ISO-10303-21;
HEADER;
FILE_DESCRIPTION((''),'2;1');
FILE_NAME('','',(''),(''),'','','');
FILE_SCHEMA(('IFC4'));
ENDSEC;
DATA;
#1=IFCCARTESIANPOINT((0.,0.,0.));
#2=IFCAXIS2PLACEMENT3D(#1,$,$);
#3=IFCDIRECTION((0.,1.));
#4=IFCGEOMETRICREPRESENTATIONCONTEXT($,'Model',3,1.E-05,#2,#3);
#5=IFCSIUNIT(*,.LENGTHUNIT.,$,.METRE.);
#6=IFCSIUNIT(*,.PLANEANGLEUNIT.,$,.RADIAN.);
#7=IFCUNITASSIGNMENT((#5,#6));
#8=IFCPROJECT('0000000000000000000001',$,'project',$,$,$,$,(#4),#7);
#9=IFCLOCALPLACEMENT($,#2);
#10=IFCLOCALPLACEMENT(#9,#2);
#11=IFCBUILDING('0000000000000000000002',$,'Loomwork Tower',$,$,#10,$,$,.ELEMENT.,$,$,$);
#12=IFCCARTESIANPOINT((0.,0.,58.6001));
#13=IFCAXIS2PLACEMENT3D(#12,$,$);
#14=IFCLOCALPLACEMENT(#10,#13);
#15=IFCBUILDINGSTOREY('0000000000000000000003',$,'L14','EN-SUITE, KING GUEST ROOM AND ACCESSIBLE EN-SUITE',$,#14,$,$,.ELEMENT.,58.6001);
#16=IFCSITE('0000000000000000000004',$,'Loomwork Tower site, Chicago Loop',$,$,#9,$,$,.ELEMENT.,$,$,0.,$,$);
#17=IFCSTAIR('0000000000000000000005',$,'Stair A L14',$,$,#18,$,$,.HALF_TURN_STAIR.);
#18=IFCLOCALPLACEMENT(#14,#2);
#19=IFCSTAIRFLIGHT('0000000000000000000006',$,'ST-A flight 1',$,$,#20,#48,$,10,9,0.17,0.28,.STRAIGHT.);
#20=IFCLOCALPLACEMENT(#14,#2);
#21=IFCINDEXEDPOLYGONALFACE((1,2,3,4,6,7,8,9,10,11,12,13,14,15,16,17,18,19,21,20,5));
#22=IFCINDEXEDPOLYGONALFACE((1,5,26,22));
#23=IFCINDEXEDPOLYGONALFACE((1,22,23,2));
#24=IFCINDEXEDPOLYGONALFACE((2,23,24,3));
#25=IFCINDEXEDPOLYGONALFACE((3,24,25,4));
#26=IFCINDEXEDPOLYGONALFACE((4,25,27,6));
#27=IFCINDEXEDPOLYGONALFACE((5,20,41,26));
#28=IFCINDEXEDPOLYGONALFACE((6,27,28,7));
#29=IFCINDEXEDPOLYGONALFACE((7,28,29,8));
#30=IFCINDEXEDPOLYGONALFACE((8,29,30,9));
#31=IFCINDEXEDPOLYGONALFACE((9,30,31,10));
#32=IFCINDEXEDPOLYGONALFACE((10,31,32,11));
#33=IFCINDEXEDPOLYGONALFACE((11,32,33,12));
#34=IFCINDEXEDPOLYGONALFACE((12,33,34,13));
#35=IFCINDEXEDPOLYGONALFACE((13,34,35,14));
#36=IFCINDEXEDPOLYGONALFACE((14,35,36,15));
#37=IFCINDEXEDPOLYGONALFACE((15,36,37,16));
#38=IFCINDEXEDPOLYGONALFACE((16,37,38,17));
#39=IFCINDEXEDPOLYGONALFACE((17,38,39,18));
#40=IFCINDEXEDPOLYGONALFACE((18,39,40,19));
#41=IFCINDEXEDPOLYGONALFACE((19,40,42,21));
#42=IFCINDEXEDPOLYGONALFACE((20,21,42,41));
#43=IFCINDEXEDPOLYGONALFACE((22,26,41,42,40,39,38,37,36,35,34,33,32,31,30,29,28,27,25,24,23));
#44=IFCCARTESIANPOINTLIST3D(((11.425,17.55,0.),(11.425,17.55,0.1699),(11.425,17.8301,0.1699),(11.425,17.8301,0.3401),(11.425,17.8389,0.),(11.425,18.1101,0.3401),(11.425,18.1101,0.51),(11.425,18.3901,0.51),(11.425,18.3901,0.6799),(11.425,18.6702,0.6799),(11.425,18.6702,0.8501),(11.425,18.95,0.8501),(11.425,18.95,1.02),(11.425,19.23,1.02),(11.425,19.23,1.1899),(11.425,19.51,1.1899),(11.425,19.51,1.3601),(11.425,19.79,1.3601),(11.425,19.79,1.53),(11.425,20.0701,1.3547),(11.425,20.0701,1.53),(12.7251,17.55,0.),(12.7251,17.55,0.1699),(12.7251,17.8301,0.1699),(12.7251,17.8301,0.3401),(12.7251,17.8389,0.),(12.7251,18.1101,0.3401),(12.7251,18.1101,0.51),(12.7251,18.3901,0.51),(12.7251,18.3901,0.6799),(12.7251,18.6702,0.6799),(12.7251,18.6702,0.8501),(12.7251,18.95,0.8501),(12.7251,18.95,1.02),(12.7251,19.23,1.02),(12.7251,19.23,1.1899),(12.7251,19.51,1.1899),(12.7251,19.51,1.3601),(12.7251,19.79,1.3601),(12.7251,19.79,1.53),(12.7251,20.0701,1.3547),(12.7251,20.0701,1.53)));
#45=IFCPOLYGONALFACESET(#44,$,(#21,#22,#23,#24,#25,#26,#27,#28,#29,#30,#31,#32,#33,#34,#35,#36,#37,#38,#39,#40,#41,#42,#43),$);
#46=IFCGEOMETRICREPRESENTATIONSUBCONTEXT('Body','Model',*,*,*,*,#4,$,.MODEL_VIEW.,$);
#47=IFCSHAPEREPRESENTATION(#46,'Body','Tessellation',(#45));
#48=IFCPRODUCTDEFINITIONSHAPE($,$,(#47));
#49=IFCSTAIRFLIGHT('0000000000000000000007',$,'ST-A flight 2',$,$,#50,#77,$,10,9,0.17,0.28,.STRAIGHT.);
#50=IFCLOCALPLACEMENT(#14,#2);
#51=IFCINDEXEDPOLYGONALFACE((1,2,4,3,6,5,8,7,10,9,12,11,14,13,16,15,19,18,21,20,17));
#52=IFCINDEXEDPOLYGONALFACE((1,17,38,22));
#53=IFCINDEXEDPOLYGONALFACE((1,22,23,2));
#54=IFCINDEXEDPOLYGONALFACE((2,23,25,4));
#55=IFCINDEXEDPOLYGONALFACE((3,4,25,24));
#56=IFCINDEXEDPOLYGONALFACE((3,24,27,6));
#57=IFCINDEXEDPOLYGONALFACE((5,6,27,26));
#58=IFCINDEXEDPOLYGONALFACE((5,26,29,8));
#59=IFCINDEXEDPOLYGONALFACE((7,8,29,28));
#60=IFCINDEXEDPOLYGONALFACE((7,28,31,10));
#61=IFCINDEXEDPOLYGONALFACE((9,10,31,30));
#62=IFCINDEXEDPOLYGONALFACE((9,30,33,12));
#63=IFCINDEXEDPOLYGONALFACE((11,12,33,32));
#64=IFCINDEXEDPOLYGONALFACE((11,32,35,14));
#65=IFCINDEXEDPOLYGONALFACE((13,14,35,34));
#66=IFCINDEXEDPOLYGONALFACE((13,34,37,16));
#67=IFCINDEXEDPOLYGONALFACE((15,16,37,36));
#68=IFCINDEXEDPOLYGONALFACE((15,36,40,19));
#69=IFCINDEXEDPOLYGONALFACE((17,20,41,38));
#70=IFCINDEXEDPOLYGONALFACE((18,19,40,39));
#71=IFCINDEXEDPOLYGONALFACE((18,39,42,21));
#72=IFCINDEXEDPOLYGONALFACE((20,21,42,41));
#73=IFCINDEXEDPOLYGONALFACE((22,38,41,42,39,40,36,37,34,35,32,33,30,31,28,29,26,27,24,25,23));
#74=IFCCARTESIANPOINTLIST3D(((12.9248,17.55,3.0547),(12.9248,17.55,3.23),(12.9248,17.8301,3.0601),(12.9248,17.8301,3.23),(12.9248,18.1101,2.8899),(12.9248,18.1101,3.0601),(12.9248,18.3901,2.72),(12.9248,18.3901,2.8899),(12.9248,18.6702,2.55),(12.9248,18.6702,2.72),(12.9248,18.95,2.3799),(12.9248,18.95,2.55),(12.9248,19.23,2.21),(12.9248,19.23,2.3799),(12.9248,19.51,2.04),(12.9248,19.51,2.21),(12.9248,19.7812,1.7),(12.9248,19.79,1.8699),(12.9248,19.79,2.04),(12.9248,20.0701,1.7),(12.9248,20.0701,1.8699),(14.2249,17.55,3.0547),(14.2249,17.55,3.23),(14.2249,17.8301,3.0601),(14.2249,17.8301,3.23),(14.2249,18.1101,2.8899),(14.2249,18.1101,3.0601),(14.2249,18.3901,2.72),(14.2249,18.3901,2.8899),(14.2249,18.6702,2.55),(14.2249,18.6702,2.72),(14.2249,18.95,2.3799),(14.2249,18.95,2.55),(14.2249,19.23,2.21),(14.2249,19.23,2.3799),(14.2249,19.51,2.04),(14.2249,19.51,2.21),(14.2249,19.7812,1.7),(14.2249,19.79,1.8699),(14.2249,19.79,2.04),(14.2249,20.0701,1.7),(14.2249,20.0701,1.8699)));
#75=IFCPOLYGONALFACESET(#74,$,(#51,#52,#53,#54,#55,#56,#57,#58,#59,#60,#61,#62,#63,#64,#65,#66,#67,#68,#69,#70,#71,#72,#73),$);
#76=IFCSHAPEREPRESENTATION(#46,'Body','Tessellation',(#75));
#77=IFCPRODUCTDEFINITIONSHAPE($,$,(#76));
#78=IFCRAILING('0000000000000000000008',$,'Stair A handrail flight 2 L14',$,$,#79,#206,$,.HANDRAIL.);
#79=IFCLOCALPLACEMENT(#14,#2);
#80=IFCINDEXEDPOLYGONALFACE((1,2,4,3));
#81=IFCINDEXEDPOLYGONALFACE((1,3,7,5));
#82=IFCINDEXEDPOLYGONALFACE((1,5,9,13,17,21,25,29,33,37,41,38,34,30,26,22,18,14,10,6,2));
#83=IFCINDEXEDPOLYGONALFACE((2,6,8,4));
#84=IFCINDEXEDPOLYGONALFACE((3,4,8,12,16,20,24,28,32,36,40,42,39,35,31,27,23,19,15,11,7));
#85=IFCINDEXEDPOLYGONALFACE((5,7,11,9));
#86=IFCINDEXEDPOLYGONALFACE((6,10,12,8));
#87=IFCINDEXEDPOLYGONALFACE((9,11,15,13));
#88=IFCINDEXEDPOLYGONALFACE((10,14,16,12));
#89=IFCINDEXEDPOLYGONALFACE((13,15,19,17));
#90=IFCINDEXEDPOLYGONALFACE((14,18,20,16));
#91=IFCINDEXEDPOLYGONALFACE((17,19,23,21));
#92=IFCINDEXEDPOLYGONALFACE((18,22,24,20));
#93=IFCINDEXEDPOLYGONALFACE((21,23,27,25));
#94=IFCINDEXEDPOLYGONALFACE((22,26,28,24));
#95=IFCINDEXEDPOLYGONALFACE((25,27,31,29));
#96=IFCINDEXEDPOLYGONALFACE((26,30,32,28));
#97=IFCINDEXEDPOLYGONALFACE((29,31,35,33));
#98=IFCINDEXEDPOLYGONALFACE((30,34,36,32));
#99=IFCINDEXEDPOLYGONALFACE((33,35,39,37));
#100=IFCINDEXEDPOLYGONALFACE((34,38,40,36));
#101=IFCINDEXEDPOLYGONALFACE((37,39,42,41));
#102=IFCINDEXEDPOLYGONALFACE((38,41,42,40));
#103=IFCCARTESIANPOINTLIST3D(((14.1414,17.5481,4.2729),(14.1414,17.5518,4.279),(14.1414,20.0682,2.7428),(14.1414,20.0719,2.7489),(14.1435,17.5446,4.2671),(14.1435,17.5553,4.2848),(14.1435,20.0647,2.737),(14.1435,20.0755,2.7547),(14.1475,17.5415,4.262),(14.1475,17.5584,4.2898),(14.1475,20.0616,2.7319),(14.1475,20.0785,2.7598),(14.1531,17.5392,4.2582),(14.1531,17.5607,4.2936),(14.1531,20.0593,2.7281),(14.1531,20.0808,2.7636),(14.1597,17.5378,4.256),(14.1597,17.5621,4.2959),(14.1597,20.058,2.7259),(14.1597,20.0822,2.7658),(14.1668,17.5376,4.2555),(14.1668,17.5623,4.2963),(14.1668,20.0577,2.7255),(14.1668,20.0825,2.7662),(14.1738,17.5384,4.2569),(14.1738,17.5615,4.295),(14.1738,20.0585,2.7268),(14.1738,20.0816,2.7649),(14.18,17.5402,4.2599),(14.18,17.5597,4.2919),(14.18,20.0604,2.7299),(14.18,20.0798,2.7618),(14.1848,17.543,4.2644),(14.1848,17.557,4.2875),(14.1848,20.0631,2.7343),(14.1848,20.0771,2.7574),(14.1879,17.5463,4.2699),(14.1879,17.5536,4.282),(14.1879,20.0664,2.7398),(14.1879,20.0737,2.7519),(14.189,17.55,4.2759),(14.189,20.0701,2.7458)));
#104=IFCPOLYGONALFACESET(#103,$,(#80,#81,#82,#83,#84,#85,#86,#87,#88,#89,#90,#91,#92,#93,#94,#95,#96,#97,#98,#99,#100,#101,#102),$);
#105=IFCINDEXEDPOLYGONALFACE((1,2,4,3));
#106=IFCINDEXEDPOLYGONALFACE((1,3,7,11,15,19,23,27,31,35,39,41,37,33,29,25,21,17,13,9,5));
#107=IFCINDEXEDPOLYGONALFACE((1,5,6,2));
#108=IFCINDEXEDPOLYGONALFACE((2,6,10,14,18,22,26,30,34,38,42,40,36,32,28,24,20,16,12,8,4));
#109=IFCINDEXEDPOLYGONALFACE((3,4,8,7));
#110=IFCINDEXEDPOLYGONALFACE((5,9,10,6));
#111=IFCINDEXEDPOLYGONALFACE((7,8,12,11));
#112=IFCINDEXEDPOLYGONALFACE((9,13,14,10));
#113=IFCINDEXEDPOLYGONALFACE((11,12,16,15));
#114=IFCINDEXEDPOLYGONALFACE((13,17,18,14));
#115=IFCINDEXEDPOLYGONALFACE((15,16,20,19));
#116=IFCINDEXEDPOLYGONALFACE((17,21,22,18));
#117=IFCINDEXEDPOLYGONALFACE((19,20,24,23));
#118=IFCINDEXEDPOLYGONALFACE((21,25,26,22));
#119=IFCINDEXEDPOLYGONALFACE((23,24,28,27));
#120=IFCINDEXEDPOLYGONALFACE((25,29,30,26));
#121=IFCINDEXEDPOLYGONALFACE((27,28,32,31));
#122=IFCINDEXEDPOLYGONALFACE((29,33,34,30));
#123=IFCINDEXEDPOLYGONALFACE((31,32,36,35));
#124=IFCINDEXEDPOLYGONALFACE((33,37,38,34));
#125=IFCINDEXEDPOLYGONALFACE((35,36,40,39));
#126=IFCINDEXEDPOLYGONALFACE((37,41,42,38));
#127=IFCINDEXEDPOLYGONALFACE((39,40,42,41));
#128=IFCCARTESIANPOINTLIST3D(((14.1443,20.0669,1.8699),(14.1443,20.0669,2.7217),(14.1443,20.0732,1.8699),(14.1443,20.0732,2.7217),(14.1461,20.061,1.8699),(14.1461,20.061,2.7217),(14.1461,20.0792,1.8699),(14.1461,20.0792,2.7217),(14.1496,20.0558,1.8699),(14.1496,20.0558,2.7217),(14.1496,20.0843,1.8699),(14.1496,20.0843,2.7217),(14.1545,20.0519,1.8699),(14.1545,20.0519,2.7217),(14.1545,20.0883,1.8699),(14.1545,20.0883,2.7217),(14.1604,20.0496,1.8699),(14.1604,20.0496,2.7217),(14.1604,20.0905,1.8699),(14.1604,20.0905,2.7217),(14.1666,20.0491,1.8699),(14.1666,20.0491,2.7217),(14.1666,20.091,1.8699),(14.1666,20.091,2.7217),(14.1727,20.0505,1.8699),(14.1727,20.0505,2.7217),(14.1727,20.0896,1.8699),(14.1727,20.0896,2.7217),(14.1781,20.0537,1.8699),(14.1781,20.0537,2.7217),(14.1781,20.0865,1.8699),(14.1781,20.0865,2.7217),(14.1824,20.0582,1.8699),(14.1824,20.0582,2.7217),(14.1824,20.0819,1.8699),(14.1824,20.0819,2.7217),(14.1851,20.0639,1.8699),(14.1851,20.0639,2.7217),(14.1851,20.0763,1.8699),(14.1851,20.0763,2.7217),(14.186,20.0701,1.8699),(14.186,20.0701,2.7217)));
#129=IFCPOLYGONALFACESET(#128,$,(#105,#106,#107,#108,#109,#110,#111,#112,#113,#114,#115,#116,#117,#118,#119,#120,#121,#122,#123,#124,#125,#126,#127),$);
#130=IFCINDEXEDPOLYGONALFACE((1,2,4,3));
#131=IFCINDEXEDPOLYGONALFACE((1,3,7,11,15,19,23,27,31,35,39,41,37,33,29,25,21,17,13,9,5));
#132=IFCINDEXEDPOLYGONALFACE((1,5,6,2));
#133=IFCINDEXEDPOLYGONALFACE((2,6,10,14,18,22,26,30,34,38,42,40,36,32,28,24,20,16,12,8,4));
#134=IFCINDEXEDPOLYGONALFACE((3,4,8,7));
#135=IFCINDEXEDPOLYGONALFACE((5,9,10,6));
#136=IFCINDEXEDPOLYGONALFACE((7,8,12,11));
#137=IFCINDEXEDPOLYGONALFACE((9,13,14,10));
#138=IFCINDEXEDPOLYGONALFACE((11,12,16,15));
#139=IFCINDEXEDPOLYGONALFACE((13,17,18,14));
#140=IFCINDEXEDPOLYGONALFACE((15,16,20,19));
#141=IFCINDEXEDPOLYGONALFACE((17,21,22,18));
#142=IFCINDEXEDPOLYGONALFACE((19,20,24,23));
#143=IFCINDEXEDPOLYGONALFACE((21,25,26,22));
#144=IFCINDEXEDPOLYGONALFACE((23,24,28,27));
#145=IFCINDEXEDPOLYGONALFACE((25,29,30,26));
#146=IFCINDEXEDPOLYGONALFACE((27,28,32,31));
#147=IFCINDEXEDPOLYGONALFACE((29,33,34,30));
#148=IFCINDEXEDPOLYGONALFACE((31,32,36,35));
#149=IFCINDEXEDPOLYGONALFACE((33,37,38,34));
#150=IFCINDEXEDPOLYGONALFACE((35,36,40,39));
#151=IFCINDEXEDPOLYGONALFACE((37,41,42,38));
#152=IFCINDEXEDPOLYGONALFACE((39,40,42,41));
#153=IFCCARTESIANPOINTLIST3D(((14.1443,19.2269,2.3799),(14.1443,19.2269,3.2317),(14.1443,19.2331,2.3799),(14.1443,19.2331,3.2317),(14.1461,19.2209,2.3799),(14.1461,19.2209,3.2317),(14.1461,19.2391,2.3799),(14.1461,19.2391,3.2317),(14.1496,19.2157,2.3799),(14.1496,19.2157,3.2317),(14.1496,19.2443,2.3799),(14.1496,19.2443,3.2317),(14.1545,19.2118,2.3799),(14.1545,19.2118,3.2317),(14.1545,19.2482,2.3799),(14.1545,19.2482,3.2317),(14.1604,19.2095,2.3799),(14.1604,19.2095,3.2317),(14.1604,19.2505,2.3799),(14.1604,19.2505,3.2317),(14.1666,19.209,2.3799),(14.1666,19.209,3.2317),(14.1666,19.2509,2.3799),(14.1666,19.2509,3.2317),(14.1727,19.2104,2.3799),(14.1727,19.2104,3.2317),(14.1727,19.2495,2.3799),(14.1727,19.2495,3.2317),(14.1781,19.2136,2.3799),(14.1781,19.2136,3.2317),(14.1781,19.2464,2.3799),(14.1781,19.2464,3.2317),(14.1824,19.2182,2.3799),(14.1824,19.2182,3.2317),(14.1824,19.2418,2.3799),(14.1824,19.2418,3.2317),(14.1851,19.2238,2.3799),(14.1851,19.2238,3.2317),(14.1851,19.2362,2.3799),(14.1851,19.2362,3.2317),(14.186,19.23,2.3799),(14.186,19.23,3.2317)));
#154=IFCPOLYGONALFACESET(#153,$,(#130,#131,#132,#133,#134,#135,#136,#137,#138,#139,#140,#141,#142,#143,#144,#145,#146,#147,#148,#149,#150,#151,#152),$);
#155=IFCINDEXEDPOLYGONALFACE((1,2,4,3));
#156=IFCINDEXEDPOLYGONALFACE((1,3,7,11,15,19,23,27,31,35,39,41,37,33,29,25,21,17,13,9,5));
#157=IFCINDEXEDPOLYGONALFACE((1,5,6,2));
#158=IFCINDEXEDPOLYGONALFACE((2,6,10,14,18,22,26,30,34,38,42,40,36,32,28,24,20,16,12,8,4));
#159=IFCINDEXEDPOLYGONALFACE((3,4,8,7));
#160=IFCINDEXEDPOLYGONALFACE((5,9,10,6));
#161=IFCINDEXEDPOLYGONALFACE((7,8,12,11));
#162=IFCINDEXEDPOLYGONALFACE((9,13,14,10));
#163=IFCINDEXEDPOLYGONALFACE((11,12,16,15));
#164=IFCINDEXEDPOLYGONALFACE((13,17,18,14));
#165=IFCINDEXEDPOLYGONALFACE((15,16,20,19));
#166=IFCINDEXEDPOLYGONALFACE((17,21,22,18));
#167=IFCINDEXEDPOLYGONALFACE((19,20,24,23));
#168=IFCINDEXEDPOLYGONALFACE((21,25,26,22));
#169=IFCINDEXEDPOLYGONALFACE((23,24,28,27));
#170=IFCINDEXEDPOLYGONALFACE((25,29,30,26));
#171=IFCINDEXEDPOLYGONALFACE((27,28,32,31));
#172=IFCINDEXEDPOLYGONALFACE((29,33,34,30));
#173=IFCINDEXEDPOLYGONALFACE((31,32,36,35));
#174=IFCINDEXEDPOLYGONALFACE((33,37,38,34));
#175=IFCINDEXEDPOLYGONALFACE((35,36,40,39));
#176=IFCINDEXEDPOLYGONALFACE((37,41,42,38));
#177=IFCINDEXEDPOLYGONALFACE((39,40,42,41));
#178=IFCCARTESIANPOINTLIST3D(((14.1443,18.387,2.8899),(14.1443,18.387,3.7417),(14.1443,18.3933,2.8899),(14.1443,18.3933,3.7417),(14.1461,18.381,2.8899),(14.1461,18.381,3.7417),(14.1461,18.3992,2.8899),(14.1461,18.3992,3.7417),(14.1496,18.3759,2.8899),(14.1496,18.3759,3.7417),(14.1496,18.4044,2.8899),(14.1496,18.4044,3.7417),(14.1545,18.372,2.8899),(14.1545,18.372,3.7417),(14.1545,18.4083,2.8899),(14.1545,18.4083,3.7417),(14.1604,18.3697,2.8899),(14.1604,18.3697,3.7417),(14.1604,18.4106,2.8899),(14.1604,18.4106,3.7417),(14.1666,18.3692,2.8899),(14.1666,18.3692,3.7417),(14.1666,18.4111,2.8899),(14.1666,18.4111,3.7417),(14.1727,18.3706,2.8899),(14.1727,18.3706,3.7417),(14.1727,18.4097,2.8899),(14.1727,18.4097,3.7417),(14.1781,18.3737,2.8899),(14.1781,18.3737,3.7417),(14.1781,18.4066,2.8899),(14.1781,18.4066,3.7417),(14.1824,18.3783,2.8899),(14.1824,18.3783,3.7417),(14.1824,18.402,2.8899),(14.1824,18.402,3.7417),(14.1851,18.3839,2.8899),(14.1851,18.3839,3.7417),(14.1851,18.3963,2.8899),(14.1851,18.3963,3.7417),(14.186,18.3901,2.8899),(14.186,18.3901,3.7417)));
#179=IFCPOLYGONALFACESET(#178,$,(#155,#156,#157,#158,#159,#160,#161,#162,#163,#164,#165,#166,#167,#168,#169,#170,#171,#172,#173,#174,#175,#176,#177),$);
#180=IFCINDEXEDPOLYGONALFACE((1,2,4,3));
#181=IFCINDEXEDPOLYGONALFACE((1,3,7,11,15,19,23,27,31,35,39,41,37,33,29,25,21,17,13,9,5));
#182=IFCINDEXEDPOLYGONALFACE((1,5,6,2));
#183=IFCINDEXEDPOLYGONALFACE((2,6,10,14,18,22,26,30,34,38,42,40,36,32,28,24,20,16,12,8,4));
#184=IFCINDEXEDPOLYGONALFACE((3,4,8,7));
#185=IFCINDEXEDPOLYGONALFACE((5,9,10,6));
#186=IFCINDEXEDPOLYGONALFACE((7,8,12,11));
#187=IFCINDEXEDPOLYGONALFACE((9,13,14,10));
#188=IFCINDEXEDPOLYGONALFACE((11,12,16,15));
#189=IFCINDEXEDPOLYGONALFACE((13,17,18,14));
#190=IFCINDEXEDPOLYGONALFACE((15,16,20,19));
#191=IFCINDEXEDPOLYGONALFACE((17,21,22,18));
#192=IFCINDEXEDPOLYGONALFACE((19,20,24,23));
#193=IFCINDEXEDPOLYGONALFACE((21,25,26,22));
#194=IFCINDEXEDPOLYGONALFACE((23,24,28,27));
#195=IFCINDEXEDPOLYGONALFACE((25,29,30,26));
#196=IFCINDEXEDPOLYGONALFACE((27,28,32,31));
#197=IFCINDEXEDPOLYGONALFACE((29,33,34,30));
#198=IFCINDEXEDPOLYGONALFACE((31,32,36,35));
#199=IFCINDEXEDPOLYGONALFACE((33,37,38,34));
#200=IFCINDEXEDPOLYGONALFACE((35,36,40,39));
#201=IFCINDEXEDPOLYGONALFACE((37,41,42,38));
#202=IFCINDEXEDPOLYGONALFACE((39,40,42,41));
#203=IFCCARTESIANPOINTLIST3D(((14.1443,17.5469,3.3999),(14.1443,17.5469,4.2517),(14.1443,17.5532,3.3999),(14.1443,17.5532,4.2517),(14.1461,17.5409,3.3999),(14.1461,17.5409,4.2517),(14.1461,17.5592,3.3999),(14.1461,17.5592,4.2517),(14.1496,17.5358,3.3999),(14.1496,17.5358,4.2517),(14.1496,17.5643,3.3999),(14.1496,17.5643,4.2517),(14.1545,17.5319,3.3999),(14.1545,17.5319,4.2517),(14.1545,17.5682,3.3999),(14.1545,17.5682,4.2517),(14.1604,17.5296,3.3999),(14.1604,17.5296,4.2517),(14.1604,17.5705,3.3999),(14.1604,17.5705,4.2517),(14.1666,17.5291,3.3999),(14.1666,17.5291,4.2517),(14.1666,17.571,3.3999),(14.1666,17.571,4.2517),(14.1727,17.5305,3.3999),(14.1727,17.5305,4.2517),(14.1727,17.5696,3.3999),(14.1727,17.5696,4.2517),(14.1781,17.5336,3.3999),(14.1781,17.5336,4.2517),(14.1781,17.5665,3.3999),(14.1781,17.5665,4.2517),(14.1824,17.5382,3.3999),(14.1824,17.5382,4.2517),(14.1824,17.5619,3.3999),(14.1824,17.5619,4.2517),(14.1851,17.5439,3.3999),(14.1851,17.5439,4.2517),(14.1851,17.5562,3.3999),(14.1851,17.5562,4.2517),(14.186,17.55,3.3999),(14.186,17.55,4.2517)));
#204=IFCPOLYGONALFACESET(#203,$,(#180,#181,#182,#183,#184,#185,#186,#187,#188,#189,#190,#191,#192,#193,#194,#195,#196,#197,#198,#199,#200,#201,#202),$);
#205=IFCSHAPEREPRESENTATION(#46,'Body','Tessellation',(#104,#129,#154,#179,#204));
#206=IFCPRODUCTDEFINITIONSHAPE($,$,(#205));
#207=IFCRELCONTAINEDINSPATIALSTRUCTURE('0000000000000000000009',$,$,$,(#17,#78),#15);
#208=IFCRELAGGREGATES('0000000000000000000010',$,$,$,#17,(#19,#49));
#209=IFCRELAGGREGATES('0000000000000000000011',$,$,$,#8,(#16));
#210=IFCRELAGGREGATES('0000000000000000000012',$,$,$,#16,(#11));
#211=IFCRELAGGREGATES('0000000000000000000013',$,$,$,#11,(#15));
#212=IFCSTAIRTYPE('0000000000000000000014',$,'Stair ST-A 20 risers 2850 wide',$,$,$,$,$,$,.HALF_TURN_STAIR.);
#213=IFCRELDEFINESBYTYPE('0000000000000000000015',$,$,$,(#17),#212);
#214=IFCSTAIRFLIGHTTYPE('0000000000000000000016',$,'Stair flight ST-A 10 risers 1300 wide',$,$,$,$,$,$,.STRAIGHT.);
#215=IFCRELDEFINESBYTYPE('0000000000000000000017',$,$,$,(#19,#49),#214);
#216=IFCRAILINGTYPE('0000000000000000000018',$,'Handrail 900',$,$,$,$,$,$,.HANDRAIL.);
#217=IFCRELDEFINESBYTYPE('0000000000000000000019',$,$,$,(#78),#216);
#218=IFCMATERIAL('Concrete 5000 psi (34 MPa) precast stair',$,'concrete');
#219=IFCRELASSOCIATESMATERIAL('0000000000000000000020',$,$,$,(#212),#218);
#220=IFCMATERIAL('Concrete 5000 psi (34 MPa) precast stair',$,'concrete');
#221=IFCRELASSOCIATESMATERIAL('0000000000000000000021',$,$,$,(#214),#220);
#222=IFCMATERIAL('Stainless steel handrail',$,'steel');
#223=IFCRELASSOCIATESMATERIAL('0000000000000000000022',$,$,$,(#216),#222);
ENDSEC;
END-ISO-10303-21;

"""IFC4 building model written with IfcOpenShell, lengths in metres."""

from ifc_helpers import new_model, si_unit, direction, frame, origin, origin_2d, place, context, subcontext, project, spatial, polyline, circle, outline, extrude, material, type_object, element, aggregate, save


model = new_model("IFC4")

# Units and contexts
model_context = context("Model", 3, precision=1e-05, world=origin(), true_north=direction((0.0, 1.0)))
body_context = subcontext(model_context, "Body", "Model", "MODEL_VIEW")
ifc_project = project(units=[si_unit("LENGTHUNIT", "METRE"), si_unit("PLANEANGLEUNIT", "RADIAN")], contexts=[model_context])

# Site, building, storey
site_placement = place(None, origin())
site = spatial("IfcSite", under=ifc_project, at=site_placement, Name="Loomwork Tower site, Chicago Loop", CompositionType="ELEMENT", RefElevation=0.0)
building_placement = place(site_placement, origin())
building = spatial("IfcBuilding", under=site, at=building_placement, Name="Loomwork Tower", CompositionType="ELEMENT")
storey_placement = place(building_placement, frame((0.0, 0.0, 58.6001)))
storey = spatial("IfcBuildingStorey", under=building, at=storey_placement, Name="L14", Description="EN-SUITE, KING GUEST ROOM AND ACCESSIBLE EN-SUITE", CompositionType="ELEMENT", Elevation=58.6001)

# Stair, stair flights
ifc_material_1 = material(Name="Concrete 5000 psi (34 MPa) precast stair", Category="concrete")
stair_type = type_object("IfcStairType", Name="Stair ST-A 20 risers 2850 wide", PredefinedType="HALF_TURN_STAIR", material=ifc_material_1)
stair_placement = place(storey_placement, origin())
stair = element("IfcStair", 1, at=stair_placement, inside=storey, type_object=stair_type, Name="Stair A L14", PredefinedType="HALF_TURN_STAIR")
ifc_material_2 = material(Name="Concrete 5000 psi (34 MPa) precast stair", Category="concrete")
stair_flight_type = type_object("IfcStairFlightType", Name="Stair flight ST-A 10 risers 1300 wide", PredefinedType="STRAIGHT", material=ifc_material_2)
stair_flight_1_placement = place(storey_placement, frame((12.075, 17.55, 0.0), z_axis=(0.0, 0.0, 1.0), x_axis=(0.0, 1.0, 0.0)))
stair_flight_1 = element("IfcStairFlight", 2, at=stair_flight_1_placement, type_object=stair_flight_type, Name="ST-A flight 1", NumberOfRisers=10, NumberOfTreads=9, PredefinedType="STRAIGHT", RiserHeight=0.17, TreadLength=0.28, context=body_context, shape_type="SweptSolid", body=[
    extrude(outline(polyline([(0.0, 0.0), (0.0, 0.1699), (0.28, 0.1699), (0.28, 0.3401), (0.5601, 0.3401), (0.5601, 0.51), (0.8401, 0.51), (0.8401, 0.6799), (1.1201, 0.6799), (1.1201, 0.8501), (1.3999, 0.8501), (1.3999, 1.02), (1.6799, 1.02), (1.6799, 1.1899), (1.96, 1.1899), (1.96, 1.3601), (2.24, 1.3601), (2.24, 1.53), (2.52, 1.53), (2.52, 1.7), (2.52, 1.3547), (0.2888, 0.0), (0.0, 0.0)])), frame((0.0, 0.6499, 0.0), z_axis=(0.0, -1.0, 0.0), x_axis=(1.0, 0.0, 0.0)), (0.0, 0.0, 1.0), 1.3),
])
stair_flight_2_placement = place(storey_placement, frame((13.575, 20.0701, 1.7), z_axis=(0.0, 0.0, 1.0), x_axis=(0.0, -1.0, 0.0)))
stair_flight_2 = element("IfcStairFlight", 3, at=stair_flight_2_placement, type_object=stair_flight_type, Name="ST-A flight 2", NumberOfRisers=10, NumberOfTreads=9, PredefinedType="STRAIGHT", RiserHeight=0.17, TreadLength=0.28, context=body_context, shape_type="SweptSolid", body=[
    extrude(outline(polyline([(0.0, 0.0), (0.0, 0.1699), (0.28, 0.1699), (0.28, 0.3401), (0.5601, 0.3401), (0.5601, 0.51), (0.8401, 0.51), (0.8401, 0.6799), (1.1201, 0.6799), (1.1201, 0.8501), (1.3999, 0.8501), (1.3999, 1.02), (1.6799, 1.02), (1.6799, 1.1899), (1.96, 1.1899), (1.96, 1.3601), (2.24, 1.3601), (2.24, 1.53), (2.52, 1.53), (2.52, 1.7), (2.52, 1.3547), (0.2888, 0.0), (0.0, 0.0)])), frame((0.0, 0.6499, 0.0), z_axis=(0.0, -1.0, 0.0), x_axis=(1.0, 0.0, 0.0)), (0.0, 0.0, 1.0), 1.3),
])
aggregate(stair, [stair_flight_1, stair_flight_2])

# Railing
ifc_material_3 = material(Name="Stainless steel handrail", Category="steel")
railing_type = type_object("IfcRailingType", Name="Handrail 900", PredefinedType="HANDRAIL", material=ifc_material_3)
railing_placement = place(storey_placement, frame((14.165, 20.0701, 1.8699)))
element("IfcRailing", 4, at=railing_placement, inside=storey, type_object=railing_type, Name="Stair A handrail flight 2 L14", PredefinedType="HANDRAIL", context=body_context, shape_type="SweptSolid", body=[
    extrude(circle(Radius=0.0239, at=origin_2d()), frame((0.0, 0.0, 0.876), z_axis=(0.0, -0.854785, 0.518982), x_axis=(1.0, 0.0, 0.0)), (0.0, 0.0, 1.0), 2.9482),
    extrude(circle(Radius=0.021, at=origin_2d()), origin(), (0.0, 0.0, 1.0), 0.8518),
    extrude(circle(Radius=0.021, at=origin_2d()), frame((0.0, -0.8401, 0.51)), (0.0, 0.0, 1.0), 0.8518),
    extrude(circle(Radius=0.021, at=origin_2d()), frame((0.0, -1.6799, 1.02)), (0.0, 0.0, 1.0), 0.8518),
    extrude(circle(Radius=0.021, at=origin_2d()), frame((0.0, -2.52, 1.53)), (0.0, 0.0, 1.0), 0.8518),
])

save(model, "model.ifc")
